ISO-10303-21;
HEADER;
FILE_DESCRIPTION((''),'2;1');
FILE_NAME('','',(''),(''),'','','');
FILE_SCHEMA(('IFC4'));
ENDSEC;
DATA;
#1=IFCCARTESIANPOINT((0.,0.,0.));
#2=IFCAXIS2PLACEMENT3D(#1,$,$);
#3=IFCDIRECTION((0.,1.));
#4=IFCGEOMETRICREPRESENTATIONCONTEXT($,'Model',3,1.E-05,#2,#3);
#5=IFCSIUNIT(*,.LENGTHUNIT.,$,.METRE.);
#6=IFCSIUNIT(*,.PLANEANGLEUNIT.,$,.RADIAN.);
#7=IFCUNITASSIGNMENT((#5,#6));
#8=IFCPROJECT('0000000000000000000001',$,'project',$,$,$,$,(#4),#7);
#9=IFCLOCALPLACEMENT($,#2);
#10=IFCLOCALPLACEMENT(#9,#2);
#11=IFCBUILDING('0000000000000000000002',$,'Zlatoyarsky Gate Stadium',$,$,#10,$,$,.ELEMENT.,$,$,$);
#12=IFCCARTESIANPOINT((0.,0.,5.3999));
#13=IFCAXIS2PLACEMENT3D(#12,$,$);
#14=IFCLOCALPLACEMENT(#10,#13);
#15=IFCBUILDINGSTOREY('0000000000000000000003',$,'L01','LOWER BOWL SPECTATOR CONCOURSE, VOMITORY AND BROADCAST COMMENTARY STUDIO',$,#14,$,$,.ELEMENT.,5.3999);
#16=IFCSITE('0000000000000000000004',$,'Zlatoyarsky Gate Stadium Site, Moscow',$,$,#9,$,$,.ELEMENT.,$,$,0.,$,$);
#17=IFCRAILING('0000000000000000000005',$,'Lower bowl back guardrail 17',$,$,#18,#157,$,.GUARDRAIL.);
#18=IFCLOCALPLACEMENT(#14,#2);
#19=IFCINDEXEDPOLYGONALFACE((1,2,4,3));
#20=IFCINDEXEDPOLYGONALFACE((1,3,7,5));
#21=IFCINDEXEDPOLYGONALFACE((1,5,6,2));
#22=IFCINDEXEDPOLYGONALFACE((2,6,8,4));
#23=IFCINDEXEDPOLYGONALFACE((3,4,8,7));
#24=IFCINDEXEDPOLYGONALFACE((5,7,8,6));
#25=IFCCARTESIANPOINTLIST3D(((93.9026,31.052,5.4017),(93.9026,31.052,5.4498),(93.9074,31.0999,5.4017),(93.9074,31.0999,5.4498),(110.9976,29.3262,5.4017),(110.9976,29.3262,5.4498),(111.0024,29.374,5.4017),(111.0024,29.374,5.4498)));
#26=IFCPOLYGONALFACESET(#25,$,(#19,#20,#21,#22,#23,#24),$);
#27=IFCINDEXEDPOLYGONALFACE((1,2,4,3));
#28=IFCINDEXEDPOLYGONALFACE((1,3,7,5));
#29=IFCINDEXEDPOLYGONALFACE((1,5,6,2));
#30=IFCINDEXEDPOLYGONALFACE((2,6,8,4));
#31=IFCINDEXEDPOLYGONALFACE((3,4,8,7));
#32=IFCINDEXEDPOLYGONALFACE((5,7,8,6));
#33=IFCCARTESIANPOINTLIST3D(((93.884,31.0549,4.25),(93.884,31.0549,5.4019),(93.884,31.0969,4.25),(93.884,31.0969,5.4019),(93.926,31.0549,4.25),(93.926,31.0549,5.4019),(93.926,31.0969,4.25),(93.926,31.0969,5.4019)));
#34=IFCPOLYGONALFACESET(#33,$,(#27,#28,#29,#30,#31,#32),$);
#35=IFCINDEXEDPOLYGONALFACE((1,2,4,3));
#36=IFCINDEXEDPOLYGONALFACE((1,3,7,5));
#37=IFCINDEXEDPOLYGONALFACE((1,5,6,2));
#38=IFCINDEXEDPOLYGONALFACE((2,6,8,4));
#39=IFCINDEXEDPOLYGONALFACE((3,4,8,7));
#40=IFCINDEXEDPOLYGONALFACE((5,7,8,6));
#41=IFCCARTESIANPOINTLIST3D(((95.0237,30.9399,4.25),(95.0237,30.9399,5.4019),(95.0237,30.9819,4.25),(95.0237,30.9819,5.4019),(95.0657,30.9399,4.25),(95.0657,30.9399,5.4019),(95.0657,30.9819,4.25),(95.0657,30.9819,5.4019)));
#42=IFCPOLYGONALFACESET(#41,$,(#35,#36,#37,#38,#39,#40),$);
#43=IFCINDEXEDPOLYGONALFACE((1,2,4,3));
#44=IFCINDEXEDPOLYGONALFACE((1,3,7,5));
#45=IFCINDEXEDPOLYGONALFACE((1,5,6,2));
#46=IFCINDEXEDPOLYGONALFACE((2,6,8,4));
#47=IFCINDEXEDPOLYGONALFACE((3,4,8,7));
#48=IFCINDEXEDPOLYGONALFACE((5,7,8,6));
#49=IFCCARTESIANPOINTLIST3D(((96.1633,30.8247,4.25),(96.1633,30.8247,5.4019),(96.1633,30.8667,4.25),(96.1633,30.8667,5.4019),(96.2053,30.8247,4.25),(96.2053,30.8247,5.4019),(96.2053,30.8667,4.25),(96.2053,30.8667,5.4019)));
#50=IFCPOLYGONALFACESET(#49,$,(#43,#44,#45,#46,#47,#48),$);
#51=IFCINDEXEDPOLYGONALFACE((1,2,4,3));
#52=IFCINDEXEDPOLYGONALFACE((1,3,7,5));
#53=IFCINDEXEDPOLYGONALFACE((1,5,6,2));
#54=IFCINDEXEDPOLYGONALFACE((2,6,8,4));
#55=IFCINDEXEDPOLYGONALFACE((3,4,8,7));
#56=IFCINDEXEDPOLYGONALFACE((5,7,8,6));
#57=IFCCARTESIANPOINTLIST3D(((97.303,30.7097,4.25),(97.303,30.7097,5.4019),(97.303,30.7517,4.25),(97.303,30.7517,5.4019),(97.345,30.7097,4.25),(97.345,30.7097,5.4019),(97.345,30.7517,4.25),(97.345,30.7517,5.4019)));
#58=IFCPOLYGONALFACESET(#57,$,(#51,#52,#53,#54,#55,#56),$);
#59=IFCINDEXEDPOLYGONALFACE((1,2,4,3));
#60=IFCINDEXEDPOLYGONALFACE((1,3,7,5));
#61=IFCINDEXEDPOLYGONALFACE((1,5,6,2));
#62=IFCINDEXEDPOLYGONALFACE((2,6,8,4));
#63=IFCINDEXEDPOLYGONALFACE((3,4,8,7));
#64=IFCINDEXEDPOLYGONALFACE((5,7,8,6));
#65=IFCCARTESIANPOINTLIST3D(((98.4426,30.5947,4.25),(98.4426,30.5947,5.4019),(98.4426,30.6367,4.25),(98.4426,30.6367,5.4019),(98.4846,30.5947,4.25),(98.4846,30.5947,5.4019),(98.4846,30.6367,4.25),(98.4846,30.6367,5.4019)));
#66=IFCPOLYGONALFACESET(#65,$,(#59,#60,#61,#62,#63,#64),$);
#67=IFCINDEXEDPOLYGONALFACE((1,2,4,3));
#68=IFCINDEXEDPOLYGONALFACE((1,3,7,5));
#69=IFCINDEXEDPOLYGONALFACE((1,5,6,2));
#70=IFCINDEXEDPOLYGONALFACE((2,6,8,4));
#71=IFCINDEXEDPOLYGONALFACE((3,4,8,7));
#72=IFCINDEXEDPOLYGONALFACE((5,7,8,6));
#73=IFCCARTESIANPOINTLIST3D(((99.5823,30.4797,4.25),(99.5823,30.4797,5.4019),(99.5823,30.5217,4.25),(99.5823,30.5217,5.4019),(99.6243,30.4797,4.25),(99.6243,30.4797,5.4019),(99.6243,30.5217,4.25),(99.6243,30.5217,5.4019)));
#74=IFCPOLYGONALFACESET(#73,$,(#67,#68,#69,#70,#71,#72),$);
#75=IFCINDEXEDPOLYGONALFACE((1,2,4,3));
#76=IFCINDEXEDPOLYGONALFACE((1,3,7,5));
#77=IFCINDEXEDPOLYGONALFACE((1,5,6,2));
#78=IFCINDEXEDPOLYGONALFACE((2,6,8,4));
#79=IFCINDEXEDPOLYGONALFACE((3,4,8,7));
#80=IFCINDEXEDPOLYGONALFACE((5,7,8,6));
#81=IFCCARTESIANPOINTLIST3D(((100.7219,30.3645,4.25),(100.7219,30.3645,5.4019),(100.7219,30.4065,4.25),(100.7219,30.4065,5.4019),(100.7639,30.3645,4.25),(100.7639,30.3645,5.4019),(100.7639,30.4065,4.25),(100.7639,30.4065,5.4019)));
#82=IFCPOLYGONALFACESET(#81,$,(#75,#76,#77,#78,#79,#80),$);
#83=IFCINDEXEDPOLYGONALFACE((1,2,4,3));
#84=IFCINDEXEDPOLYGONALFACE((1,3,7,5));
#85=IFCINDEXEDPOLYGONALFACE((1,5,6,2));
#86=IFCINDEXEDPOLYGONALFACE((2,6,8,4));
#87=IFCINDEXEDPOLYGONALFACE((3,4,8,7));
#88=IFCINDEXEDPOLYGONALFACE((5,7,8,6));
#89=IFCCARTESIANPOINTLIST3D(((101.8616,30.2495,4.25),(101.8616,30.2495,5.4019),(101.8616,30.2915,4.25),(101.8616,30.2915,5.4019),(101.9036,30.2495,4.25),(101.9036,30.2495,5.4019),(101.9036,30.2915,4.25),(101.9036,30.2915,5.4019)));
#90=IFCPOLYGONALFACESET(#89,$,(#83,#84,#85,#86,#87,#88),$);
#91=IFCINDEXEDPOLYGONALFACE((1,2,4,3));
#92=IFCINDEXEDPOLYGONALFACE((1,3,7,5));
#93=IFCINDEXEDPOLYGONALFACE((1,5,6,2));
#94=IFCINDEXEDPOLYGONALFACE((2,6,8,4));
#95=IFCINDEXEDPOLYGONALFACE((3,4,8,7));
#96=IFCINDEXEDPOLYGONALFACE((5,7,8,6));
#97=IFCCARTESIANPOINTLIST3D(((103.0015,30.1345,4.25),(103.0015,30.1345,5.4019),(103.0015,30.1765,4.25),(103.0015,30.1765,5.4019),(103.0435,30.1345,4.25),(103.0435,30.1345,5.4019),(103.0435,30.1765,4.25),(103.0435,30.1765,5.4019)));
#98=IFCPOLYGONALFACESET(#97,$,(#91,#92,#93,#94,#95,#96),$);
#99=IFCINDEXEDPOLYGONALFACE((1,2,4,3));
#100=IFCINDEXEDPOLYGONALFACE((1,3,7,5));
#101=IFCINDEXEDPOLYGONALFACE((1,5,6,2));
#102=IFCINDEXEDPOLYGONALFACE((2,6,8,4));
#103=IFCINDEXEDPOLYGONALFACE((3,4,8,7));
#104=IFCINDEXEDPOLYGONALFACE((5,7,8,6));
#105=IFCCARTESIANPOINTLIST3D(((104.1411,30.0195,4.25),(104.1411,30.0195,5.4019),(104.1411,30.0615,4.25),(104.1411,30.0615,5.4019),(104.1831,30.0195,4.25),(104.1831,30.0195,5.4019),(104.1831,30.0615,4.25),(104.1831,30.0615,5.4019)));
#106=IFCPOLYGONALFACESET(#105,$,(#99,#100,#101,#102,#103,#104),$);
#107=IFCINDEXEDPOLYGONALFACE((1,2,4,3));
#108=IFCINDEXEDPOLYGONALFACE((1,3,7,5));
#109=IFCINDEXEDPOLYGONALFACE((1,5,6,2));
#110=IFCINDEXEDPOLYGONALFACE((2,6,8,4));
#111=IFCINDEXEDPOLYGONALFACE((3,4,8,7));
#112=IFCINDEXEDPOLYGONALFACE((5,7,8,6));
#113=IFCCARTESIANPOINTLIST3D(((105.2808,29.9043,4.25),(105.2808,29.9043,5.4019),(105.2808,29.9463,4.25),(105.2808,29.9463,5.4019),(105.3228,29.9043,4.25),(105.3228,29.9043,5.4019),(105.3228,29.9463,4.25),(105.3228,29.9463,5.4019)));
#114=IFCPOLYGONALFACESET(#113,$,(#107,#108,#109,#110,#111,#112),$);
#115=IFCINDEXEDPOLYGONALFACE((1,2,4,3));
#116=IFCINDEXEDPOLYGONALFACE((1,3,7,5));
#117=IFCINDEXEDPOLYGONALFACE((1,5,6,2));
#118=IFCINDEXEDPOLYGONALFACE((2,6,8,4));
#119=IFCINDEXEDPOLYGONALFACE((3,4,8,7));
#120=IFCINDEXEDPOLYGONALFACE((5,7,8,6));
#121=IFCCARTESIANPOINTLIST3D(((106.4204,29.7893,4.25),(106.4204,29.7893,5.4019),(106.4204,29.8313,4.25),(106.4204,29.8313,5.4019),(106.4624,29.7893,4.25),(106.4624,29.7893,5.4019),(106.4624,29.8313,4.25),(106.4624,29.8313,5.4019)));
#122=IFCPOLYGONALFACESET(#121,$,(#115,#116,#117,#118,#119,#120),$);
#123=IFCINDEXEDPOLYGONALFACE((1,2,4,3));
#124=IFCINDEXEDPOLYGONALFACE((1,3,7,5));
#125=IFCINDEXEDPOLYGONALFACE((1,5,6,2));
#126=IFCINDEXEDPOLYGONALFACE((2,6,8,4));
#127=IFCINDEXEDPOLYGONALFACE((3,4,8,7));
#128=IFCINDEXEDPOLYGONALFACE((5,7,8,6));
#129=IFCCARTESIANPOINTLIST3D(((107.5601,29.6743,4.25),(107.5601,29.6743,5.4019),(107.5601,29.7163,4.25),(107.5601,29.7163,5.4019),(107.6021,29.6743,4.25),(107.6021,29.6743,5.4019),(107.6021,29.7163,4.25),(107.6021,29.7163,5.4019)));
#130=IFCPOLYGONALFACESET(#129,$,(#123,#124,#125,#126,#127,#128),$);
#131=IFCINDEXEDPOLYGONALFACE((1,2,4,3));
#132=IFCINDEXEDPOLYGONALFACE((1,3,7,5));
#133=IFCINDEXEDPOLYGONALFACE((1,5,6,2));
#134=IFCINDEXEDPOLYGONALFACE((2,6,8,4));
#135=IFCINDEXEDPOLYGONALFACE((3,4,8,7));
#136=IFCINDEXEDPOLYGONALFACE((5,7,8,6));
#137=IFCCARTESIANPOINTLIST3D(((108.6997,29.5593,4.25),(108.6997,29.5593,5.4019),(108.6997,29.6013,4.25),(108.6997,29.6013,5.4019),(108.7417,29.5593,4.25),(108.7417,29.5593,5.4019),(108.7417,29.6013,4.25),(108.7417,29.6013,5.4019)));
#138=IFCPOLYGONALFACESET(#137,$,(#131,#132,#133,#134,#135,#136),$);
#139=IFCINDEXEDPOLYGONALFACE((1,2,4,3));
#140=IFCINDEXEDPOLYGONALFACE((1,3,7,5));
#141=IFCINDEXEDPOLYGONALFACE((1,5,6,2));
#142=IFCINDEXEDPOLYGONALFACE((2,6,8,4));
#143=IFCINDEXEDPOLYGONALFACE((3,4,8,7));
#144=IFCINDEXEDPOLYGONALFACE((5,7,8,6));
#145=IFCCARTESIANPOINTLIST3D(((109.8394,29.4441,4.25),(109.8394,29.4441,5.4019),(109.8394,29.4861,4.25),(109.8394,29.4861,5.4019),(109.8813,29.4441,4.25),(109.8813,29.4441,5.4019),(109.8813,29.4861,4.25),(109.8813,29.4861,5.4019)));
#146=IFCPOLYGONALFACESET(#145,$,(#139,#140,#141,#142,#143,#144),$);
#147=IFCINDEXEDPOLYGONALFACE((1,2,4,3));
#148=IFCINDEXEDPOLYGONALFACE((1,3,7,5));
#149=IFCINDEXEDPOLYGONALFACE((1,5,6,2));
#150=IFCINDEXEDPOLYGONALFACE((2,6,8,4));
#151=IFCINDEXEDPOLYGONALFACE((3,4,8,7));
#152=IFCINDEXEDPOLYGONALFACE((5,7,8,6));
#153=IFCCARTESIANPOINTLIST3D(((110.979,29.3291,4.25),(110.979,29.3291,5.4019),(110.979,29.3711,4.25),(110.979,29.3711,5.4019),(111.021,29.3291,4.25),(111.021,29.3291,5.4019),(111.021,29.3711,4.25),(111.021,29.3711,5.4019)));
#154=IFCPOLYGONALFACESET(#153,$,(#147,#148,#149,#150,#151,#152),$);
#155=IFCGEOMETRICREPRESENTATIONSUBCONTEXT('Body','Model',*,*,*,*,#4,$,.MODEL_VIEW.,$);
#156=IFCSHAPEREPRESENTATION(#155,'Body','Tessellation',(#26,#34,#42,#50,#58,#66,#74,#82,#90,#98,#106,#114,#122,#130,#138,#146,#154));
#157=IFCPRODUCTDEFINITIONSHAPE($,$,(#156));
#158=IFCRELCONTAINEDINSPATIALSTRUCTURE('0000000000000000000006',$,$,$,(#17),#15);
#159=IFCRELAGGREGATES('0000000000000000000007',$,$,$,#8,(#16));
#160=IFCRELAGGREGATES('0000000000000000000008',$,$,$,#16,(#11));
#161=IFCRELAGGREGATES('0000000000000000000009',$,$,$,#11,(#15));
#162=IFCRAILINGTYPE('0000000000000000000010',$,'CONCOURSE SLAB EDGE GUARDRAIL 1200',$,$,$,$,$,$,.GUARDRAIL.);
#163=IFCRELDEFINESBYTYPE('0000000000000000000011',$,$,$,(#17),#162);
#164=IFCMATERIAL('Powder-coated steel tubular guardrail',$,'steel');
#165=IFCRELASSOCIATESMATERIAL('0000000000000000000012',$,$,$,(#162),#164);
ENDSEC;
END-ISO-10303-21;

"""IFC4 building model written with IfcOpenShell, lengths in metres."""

from ifc_helpers import new_model, si_unit, direction, frame, origin, origin_2d, place, context, subcontext, project, spatial, rectangle, extrude, material, type_object, element, save


model = new_model("IFC4")

# Units and contexts
model_context = context("Model", 3, precision=1e-05, world=origin(), true_north=direction((0.0, 1.0)))
body_context = subcontext(model_context, "Body", "Model", "MODEL_VIEW")
ifc_project = project(units=[si_unit("LENGTHUNIT", "METRE"), si_unit("PLANEANGLEUNIT", "RADIAN")], contexts=[model_context])

# Site, building, storey
site_placement = place(None, origin())
site = spatial("IfcSite", under=ifc_project, at=site_placement, Name="Zlatoyarsky Gate Stadium Site, Moscow", CompositionType="ELEMENT", RefElevation=0.0)
building_placement = place(site_placement, origin())
building = spatial("IfcBuilding", under=site, at=building_placement, Name="Zlatoyarsky Gate Stadium", CompositionType="ELEMENT")
storey_placement = place(building_placement, frame((0.0, 0.0, 5.3999)))
storey = spatial("IfcBuildingStorey", under=building, at=storey_placement, Name="L01", Description="LOWER BOWL SPECTATOR CONCOURSE, VOMITORY AND BROADCAST COMMENTARY STUDIO", CompositionType="ELEMENT", Elevation=5.3999)

# Railing
ifc_material_1 = material(Name="Powder-coated steel tubular guardrail", Category="steel")
railing_type_1 = type_object("IfcRailingType", Name="CONCOURSE SLAB EDGE GUARDRAIL 1200", PredefinedType="GUARDRAIL", material=ifc_material_1)
railing_1_placement = place(storey_placement, frame((93.905, 31.0759, 4.25)))
element("IfcRailing", 1, at=railing_1_placement, inside=storey, type_object=railing_type_1, Name="Lower bowl back guardrail 17", PredefinedType="GUARDRAIL", context=body_context, shape_type="SweptSolid", body=[
    extrude(rectangle(XDim=0.0481, YDim=0.0481, at=origin_2d()), frame((0.0, 0.0, 1.1758), z_axis=(0.994943, -0.100445, 0.0), x_axis=(0.100445, 0.994943, 0.0)), (0.0, 0.0, 1.0), 17.1819),
    extrude(rectangle(XDim=0.042, YDim=0.042, at=origin_2d()), origin(), (0.0, 0.0, 1.0), 1.1519),
    extrude(rectangle(XDim=0.042, YDim=0.042, at=origin_2d()), frame((1.1396, -0.115, 0.0)), (0.0, 0.0, 1.0), 1.1519),
    extrude(rectangle(XDim=0.042, YDim=0.042, at=origin_2d()), frame((2.2793, -0.2302, 0.0)), (0.0, 0.0, 1.0), 1.1519),
    extrude(rectangle(XDim=0.042, YDim=0.042, at=origin_2d()), frame((3.4189, -0.3452, 0.0)), (0.0, 0.0, 1.0), 1.1519),
    extrude(rectangle(XDim=0.042, YDim=0.042, at=origin_2d()), frame((4.5586, -0.4602, 0.0)), (0.0, 0.0, 1.0), 1.1519),
    extrude(rectangle(XDim=0.042, YDim=0.042, at=origin_2d()), frame((5.6982, -0.5752, 0.0)), (0.0, 0.0, 1.0), 1.1519),
    extrude(rectangle(XDim=0.042, YDim=0.042, at=origin_2d()), frame((6.8379, -0.6904, 0.0)), (0.0, 0.0, 1.0), 1.1519),
    extrude(rectangle(XDim=0.042, YDim=0.042, at=origin_2d()), frame((7.9775, -0.8054, 0.0)), (0.0, 0.0, 1.0), 1.1519),
    extrude(rectangle(XDim=0.042, YDim=0.042, at=origin_2d()), frame((9.1174, -0.9204, 0.0)), (0.0, 0.0, 1.0), 1.1519),
    extrude(rectangle(XDim=0.042, YDim=0.042, at=origin_2d()), frame((10.2571, -1.0354, 0.0)), (0.0, 0.0, 1.0), 1.1519),
    extrude(rectangle(XDim=0.042, YDim=0.042, at=origin_2d()), frame((11.3967, -1.1506, 0.0)), (0.0, 0.0, 1.0), 1.1519),
    extrude(rectangle(XDim=0.042, YDim=0.042, at=origin_2d()), frame((12.5364, -1.2656, 0.0)), (0.0, 0.0, 1.0), 1.1519),
    extrude(rectangle(XDim=0.042, YDim=0.042, at=origin_2d()), frame((13.676, -1.3806, 0.0)), (0.0, 0.0, 1.0), 1.1519),
    extrude(rectangle(XDim=0.042, YDim=0.042, at=origin_2d()), frame((14.8157, -1.4956, 0.0)), (0.0, 0.0, 1.0), 1.1519),
    extrude(rectangle(XDim=0.042, YDim=0.042, at=origin_2d()), frame((15.9553, -1.6108, 0.0)), (0.0, 0.0, 1.0), 1.1519),
    extrude(rectangle(XDim=0.042, YDim=0.042, at=origin_2d()), frame((17.095, -1.7258, 0.0)), (0.0, 0.0, 1.0), 1.1519),
])

save(model, "model.ifc")
